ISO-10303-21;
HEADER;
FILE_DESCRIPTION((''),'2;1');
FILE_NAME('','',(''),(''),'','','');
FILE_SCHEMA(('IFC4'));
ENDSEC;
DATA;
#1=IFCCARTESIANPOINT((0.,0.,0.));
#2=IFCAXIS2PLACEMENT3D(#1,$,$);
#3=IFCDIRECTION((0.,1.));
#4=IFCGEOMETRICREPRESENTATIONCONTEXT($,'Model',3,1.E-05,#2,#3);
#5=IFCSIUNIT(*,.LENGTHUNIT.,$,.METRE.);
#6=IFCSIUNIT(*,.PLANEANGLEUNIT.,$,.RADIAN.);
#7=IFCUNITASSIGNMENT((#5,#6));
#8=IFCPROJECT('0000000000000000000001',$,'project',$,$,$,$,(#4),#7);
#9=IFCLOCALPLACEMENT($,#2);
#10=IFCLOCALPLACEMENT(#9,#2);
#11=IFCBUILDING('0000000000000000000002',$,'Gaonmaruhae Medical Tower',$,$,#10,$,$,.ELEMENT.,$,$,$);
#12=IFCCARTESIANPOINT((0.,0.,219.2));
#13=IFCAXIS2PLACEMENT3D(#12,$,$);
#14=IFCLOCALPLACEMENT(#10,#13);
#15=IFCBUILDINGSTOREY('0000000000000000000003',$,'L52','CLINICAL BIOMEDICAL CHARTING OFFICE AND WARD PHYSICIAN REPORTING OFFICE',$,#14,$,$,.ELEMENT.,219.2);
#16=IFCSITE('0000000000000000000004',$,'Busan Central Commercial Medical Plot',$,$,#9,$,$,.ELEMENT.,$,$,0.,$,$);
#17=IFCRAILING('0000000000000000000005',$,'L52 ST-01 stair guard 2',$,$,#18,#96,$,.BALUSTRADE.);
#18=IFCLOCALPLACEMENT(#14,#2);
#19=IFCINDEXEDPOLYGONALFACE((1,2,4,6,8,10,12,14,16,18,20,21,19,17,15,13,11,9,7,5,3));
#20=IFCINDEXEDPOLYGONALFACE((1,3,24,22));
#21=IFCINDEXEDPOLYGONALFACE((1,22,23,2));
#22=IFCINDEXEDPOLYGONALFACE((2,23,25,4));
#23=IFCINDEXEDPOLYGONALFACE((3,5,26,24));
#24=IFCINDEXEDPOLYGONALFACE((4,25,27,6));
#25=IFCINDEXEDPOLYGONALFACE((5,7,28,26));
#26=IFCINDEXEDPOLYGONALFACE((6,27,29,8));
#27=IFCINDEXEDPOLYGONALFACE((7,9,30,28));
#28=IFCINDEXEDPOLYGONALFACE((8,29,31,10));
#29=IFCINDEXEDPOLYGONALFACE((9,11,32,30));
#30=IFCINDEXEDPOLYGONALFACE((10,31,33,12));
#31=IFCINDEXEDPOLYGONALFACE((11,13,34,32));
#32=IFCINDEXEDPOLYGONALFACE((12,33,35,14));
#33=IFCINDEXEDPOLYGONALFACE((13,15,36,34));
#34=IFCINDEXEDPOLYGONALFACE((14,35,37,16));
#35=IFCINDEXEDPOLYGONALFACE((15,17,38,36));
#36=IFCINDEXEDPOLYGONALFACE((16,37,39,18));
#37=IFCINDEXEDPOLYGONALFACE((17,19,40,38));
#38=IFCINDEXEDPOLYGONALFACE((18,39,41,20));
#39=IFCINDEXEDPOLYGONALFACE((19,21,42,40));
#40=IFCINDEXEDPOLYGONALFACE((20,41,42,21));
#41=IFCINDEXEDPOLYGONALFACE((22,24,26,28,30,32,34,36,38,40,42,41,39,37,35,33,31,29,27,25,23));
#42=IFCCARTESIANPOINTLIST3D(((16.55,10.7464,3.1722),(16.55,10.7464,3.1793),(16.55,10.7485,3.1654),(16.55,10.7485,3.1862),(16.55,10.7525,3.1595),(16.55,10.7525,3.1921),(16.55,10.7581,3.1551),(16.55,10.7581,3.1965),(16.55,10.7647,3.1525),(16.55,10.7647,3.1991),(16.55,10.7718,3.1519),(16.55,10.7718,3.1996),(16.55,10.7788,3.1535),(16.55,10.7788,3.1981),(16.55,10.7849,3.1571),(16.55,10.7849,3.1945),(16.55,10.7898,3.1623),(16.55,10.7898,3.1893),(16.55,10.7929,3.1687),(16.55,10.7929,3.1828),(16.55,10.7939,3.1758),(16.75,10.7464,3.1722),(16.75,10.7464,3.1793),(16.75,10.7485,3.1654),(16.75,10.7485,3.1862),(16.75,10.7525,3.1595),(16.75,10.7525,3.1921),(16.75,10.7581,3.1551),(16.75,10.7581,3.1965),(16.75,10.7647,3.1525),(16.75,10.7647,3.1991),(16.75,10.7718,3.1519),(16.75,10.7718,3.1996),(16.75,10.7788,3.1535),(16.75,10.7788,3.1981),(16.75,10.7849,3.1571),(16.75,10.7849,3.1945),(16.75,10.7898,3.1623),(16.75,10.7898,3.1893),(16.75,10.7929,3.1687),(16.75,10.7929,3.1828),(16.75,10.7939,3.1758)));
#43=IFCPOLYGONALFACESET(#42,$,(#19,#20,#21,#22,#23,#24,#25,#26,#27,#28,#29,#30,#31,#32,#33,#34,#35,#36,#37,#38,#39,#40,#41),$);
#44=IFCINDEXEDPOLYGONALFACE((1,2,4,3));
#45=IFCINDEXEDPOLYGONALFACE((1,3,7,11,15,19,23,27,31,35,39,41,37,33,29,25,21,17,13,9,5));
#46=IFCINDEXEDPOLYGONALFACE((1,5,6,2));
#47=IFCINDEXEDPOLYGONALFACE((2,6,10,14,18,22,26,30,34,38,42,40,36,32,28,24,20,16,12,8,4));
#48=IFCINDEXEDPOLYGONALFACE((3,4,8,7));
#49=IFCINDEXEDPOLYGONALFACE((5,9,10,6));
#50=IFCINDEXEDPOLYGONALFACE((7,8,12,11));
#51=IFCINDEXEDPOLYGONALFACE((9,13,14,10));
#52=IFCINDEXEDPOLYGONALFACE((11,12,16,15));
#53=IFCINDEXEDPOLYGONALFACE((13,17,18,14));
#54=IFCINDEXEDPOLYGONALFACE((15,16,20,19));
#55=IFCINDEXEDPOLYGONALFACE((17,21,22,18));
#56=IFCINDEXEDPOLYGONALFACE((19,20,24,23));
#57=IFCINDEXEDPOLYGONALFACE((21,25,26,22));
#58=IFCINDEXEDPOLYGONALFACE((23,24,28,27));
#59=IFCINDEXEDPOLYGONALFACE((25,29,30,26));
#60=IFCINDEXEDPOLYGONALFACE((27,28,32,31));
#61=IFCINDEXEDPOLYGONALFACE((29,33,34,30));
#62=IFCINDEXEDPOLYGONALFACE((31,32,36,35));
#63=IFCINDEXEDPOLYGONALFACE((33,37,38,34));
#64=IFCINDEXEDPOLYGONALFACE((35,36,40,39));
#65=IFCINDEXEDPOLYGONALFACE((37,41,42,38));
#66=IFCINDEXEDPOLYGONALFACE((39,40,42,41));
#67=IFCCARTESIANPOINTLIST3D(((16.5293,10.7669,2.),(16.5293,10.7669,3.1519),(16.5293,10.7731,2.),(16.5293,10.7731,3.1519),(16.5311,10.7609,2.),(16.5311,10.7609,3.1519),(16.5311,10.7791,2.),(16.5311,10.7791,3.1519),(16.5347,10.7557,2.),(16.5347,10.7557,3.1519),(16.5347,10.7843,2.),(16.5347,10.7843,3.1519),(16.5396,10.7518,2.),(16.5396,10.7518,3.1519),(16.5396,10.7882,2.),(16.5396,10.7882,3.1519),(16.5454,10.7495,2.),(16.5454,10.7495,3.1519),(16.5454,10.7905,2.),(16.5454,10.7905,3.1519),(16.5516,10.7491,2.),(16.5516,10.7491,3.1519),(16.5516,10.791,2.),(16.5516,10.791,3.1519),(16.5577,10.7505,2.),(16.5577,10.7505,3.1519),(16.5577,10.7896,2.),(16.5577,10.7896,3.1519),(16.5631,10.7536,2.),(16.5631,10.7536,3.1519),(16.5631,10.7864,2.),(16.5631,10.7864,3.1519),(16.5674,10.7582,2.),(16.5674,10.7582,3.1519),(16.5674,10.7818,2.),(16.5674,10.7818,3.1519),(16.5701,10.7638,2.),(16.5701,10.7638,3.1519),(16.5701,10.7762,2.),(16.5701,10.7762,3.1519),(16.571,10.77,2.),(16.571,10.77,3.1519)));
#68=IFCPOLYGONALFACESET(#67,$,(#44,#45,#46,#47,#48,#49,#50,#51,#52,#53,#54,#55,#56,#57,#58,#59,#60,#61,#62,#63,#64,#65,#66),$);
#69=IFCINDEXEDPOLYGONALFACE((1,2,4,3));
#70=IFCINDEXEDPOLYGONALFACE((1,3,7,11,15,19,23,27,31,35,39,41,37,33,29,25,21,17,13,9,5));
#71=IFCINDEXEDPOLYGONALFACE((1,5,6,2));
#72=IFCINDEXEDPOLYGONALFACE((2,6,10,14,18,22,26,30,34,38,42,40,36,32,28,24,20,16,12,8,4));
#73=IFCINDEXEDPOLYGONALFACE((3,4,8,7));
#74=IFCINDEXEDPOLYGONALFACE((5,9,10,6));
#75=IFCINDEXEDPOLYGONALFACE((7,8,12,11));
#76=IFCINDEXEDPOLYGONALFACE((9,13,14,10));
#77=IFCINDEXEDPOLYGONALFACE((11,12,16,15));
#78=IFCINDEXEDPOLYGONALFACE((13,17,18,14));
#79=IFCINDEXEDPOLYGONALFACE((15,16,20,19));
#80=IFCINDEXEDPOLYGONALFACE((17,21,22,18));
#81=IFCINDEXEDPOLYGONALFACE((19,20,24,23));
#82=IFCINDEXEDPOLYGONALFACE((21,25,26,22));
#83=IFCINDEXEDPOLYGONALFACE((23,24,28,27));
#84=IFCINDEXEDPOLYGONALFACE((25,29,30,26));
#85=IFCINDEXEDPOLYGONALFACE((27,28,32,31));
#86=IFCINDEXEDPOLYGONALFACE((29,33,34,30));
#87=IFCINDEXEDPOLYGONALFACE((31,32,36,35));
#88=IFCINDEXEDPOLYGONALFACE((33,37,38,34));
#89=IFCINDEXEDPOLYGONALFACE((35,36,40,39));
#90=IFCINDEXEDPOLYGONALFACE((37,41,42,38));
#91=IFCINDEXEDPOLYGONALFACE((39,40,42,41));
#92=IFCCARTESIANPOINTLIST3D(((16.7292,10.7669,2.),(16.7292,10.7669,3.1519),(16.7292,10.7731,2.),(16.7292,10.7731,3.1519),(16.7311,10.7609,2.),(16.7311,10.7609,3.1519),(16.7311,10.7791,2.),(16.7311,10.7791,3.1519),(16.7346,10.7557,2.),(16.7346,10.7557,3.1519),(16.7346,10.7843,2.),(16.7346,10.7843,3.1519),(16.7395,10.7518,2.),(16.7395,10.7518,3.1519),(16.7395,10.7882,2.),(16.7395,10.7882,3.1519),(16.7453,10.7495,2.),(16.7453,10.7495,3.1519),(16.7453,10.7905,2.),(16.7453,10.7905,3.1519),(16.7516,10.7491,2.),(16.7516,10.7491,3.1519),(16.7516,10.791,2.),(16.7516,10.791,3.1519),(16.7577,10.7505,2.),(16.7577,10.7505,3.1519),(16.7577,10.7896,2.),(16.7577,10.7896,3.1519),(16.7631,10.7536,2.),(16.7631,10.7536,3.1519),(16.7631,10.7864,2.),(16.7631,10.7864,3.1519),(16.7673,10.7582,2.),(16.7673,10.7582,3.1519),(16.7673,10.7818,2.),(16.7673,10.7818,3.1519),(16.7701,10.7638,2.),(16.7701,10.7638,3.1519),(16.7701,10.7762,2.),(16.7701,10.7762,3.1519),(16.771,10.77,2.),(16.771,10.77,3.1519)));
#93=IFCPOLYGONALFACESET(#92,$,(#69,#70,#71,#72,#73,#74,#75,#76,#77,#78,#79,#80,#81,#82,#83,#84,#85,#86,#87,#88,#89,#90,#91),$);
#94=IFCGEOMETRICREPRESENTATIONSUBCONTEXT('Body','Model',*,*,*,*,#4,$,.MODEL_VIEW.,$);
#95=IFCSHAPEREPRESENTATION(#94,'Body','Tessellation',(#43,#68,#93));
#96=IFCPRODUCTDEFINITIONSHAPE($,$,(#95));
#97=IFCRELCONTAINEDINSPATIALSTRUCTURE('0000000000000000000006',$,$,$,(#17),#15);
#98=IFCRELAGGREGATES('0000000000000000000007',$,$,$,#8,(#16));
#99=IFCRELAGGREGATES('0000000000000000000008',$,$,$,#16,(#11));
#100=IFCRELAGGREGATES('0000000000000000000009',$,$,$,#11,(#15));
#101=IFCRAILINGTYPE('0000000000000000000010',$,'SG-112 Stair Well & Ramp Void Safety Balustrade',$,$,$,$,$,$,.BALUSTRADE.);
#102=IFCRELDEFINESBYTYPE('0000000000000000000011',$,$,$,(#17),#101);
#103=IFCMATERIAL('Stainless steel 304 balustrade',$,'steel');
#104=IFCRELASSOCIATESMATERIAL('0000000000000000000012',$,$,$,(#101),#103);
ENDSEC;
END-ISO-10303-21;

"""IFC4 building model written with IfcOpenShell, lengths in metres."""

from ifc_helpers import new_model, si_unit, direction, frame, origin, origin_2d, place, context, subcontext, project, spatial, circle, extrude, material, type_object, element, save


model = new_model("IFC4")

# Units and contexts
model_context = context("Model", 3, precision=1e-05, world=origin(), true_north=direction((0.0, 1.0)))
body_context = subcontext(model_context, "Body", "Model", "MODEL_VIEW")
ifc_project = project(units=[si_unit("LENGTHUNIT", "METRE"), si_unit("PLANEANGLEUNIT", "RADIAN")], contexts=[model_context])

# Site, building, storey
site_placement = place(None, origin())
site = spatial("IfcSite", under=ifc_project, at=site_placement, Name="Busan Central Commercial Medical Plot", CompositionType="ELEMENT", RefElevation=0.0)
building_placement = place(site_placement, origin())
building = spatial("IfcBuilding", under=site, at=building_placement, Name="Gaonmaruhae Medical Tower", CompositionType="ELEMENT")
storey_placement = place(building_placement, frame((0.0, 0.0, 219.2)))
storey = spatial("IfcBuildingStorey", under=building, at=storey_placement, Name="L52", Description="CLINICAL BIOMEDICAL CHARTING OFFICE AND WARD PHYSICIAN REPORTING OFFICE", CompositionType="ELEMENT", Elevation=219.2)

# Railing
ifc_material_1 = material(Name="Stainless steel 304 balustrade", Category="steel")
railing_type_1 = type_object("IfcRailingType", Name="SG-112 Stair Well & Ramp Void Safety Balustrade", PredefinedType="BALUSTRADE", material=ifc_material_1)
railing_1_placement = place(storey_placement, frame((16.55, 10.77, 2.0)))
element("IfcRailing", 1, at=railing_1_placement, inside=storey, type_object=railing_type_1, Name="L52 ST-01 stair guard 2", PredefinedType="BALUSTRADE", context=body_context, shape_type="SweptSolid", body=[
    extrude(circle(Radius=0.0239, at=origin_2d()), frame((0.0, 0.0, 1.1758), z_axis=(1.0, 0.0, 0.0), x_axis=(0.0, 1.0, 0.0)), (0.0, 0.0, 1.0), 0.2),
    extrude(circle(Radius=0.021, at=origin_2d()), origin(), (0.0, 0.0, 1.0), 1.1519),
    extrude(circle(Radius=0.021, at=origin_2d()), frame((0.2, 0.0, 0.0)), (0.0, 0.0, 1.0), 1.1519),
])

save(model, "model.ifc")
